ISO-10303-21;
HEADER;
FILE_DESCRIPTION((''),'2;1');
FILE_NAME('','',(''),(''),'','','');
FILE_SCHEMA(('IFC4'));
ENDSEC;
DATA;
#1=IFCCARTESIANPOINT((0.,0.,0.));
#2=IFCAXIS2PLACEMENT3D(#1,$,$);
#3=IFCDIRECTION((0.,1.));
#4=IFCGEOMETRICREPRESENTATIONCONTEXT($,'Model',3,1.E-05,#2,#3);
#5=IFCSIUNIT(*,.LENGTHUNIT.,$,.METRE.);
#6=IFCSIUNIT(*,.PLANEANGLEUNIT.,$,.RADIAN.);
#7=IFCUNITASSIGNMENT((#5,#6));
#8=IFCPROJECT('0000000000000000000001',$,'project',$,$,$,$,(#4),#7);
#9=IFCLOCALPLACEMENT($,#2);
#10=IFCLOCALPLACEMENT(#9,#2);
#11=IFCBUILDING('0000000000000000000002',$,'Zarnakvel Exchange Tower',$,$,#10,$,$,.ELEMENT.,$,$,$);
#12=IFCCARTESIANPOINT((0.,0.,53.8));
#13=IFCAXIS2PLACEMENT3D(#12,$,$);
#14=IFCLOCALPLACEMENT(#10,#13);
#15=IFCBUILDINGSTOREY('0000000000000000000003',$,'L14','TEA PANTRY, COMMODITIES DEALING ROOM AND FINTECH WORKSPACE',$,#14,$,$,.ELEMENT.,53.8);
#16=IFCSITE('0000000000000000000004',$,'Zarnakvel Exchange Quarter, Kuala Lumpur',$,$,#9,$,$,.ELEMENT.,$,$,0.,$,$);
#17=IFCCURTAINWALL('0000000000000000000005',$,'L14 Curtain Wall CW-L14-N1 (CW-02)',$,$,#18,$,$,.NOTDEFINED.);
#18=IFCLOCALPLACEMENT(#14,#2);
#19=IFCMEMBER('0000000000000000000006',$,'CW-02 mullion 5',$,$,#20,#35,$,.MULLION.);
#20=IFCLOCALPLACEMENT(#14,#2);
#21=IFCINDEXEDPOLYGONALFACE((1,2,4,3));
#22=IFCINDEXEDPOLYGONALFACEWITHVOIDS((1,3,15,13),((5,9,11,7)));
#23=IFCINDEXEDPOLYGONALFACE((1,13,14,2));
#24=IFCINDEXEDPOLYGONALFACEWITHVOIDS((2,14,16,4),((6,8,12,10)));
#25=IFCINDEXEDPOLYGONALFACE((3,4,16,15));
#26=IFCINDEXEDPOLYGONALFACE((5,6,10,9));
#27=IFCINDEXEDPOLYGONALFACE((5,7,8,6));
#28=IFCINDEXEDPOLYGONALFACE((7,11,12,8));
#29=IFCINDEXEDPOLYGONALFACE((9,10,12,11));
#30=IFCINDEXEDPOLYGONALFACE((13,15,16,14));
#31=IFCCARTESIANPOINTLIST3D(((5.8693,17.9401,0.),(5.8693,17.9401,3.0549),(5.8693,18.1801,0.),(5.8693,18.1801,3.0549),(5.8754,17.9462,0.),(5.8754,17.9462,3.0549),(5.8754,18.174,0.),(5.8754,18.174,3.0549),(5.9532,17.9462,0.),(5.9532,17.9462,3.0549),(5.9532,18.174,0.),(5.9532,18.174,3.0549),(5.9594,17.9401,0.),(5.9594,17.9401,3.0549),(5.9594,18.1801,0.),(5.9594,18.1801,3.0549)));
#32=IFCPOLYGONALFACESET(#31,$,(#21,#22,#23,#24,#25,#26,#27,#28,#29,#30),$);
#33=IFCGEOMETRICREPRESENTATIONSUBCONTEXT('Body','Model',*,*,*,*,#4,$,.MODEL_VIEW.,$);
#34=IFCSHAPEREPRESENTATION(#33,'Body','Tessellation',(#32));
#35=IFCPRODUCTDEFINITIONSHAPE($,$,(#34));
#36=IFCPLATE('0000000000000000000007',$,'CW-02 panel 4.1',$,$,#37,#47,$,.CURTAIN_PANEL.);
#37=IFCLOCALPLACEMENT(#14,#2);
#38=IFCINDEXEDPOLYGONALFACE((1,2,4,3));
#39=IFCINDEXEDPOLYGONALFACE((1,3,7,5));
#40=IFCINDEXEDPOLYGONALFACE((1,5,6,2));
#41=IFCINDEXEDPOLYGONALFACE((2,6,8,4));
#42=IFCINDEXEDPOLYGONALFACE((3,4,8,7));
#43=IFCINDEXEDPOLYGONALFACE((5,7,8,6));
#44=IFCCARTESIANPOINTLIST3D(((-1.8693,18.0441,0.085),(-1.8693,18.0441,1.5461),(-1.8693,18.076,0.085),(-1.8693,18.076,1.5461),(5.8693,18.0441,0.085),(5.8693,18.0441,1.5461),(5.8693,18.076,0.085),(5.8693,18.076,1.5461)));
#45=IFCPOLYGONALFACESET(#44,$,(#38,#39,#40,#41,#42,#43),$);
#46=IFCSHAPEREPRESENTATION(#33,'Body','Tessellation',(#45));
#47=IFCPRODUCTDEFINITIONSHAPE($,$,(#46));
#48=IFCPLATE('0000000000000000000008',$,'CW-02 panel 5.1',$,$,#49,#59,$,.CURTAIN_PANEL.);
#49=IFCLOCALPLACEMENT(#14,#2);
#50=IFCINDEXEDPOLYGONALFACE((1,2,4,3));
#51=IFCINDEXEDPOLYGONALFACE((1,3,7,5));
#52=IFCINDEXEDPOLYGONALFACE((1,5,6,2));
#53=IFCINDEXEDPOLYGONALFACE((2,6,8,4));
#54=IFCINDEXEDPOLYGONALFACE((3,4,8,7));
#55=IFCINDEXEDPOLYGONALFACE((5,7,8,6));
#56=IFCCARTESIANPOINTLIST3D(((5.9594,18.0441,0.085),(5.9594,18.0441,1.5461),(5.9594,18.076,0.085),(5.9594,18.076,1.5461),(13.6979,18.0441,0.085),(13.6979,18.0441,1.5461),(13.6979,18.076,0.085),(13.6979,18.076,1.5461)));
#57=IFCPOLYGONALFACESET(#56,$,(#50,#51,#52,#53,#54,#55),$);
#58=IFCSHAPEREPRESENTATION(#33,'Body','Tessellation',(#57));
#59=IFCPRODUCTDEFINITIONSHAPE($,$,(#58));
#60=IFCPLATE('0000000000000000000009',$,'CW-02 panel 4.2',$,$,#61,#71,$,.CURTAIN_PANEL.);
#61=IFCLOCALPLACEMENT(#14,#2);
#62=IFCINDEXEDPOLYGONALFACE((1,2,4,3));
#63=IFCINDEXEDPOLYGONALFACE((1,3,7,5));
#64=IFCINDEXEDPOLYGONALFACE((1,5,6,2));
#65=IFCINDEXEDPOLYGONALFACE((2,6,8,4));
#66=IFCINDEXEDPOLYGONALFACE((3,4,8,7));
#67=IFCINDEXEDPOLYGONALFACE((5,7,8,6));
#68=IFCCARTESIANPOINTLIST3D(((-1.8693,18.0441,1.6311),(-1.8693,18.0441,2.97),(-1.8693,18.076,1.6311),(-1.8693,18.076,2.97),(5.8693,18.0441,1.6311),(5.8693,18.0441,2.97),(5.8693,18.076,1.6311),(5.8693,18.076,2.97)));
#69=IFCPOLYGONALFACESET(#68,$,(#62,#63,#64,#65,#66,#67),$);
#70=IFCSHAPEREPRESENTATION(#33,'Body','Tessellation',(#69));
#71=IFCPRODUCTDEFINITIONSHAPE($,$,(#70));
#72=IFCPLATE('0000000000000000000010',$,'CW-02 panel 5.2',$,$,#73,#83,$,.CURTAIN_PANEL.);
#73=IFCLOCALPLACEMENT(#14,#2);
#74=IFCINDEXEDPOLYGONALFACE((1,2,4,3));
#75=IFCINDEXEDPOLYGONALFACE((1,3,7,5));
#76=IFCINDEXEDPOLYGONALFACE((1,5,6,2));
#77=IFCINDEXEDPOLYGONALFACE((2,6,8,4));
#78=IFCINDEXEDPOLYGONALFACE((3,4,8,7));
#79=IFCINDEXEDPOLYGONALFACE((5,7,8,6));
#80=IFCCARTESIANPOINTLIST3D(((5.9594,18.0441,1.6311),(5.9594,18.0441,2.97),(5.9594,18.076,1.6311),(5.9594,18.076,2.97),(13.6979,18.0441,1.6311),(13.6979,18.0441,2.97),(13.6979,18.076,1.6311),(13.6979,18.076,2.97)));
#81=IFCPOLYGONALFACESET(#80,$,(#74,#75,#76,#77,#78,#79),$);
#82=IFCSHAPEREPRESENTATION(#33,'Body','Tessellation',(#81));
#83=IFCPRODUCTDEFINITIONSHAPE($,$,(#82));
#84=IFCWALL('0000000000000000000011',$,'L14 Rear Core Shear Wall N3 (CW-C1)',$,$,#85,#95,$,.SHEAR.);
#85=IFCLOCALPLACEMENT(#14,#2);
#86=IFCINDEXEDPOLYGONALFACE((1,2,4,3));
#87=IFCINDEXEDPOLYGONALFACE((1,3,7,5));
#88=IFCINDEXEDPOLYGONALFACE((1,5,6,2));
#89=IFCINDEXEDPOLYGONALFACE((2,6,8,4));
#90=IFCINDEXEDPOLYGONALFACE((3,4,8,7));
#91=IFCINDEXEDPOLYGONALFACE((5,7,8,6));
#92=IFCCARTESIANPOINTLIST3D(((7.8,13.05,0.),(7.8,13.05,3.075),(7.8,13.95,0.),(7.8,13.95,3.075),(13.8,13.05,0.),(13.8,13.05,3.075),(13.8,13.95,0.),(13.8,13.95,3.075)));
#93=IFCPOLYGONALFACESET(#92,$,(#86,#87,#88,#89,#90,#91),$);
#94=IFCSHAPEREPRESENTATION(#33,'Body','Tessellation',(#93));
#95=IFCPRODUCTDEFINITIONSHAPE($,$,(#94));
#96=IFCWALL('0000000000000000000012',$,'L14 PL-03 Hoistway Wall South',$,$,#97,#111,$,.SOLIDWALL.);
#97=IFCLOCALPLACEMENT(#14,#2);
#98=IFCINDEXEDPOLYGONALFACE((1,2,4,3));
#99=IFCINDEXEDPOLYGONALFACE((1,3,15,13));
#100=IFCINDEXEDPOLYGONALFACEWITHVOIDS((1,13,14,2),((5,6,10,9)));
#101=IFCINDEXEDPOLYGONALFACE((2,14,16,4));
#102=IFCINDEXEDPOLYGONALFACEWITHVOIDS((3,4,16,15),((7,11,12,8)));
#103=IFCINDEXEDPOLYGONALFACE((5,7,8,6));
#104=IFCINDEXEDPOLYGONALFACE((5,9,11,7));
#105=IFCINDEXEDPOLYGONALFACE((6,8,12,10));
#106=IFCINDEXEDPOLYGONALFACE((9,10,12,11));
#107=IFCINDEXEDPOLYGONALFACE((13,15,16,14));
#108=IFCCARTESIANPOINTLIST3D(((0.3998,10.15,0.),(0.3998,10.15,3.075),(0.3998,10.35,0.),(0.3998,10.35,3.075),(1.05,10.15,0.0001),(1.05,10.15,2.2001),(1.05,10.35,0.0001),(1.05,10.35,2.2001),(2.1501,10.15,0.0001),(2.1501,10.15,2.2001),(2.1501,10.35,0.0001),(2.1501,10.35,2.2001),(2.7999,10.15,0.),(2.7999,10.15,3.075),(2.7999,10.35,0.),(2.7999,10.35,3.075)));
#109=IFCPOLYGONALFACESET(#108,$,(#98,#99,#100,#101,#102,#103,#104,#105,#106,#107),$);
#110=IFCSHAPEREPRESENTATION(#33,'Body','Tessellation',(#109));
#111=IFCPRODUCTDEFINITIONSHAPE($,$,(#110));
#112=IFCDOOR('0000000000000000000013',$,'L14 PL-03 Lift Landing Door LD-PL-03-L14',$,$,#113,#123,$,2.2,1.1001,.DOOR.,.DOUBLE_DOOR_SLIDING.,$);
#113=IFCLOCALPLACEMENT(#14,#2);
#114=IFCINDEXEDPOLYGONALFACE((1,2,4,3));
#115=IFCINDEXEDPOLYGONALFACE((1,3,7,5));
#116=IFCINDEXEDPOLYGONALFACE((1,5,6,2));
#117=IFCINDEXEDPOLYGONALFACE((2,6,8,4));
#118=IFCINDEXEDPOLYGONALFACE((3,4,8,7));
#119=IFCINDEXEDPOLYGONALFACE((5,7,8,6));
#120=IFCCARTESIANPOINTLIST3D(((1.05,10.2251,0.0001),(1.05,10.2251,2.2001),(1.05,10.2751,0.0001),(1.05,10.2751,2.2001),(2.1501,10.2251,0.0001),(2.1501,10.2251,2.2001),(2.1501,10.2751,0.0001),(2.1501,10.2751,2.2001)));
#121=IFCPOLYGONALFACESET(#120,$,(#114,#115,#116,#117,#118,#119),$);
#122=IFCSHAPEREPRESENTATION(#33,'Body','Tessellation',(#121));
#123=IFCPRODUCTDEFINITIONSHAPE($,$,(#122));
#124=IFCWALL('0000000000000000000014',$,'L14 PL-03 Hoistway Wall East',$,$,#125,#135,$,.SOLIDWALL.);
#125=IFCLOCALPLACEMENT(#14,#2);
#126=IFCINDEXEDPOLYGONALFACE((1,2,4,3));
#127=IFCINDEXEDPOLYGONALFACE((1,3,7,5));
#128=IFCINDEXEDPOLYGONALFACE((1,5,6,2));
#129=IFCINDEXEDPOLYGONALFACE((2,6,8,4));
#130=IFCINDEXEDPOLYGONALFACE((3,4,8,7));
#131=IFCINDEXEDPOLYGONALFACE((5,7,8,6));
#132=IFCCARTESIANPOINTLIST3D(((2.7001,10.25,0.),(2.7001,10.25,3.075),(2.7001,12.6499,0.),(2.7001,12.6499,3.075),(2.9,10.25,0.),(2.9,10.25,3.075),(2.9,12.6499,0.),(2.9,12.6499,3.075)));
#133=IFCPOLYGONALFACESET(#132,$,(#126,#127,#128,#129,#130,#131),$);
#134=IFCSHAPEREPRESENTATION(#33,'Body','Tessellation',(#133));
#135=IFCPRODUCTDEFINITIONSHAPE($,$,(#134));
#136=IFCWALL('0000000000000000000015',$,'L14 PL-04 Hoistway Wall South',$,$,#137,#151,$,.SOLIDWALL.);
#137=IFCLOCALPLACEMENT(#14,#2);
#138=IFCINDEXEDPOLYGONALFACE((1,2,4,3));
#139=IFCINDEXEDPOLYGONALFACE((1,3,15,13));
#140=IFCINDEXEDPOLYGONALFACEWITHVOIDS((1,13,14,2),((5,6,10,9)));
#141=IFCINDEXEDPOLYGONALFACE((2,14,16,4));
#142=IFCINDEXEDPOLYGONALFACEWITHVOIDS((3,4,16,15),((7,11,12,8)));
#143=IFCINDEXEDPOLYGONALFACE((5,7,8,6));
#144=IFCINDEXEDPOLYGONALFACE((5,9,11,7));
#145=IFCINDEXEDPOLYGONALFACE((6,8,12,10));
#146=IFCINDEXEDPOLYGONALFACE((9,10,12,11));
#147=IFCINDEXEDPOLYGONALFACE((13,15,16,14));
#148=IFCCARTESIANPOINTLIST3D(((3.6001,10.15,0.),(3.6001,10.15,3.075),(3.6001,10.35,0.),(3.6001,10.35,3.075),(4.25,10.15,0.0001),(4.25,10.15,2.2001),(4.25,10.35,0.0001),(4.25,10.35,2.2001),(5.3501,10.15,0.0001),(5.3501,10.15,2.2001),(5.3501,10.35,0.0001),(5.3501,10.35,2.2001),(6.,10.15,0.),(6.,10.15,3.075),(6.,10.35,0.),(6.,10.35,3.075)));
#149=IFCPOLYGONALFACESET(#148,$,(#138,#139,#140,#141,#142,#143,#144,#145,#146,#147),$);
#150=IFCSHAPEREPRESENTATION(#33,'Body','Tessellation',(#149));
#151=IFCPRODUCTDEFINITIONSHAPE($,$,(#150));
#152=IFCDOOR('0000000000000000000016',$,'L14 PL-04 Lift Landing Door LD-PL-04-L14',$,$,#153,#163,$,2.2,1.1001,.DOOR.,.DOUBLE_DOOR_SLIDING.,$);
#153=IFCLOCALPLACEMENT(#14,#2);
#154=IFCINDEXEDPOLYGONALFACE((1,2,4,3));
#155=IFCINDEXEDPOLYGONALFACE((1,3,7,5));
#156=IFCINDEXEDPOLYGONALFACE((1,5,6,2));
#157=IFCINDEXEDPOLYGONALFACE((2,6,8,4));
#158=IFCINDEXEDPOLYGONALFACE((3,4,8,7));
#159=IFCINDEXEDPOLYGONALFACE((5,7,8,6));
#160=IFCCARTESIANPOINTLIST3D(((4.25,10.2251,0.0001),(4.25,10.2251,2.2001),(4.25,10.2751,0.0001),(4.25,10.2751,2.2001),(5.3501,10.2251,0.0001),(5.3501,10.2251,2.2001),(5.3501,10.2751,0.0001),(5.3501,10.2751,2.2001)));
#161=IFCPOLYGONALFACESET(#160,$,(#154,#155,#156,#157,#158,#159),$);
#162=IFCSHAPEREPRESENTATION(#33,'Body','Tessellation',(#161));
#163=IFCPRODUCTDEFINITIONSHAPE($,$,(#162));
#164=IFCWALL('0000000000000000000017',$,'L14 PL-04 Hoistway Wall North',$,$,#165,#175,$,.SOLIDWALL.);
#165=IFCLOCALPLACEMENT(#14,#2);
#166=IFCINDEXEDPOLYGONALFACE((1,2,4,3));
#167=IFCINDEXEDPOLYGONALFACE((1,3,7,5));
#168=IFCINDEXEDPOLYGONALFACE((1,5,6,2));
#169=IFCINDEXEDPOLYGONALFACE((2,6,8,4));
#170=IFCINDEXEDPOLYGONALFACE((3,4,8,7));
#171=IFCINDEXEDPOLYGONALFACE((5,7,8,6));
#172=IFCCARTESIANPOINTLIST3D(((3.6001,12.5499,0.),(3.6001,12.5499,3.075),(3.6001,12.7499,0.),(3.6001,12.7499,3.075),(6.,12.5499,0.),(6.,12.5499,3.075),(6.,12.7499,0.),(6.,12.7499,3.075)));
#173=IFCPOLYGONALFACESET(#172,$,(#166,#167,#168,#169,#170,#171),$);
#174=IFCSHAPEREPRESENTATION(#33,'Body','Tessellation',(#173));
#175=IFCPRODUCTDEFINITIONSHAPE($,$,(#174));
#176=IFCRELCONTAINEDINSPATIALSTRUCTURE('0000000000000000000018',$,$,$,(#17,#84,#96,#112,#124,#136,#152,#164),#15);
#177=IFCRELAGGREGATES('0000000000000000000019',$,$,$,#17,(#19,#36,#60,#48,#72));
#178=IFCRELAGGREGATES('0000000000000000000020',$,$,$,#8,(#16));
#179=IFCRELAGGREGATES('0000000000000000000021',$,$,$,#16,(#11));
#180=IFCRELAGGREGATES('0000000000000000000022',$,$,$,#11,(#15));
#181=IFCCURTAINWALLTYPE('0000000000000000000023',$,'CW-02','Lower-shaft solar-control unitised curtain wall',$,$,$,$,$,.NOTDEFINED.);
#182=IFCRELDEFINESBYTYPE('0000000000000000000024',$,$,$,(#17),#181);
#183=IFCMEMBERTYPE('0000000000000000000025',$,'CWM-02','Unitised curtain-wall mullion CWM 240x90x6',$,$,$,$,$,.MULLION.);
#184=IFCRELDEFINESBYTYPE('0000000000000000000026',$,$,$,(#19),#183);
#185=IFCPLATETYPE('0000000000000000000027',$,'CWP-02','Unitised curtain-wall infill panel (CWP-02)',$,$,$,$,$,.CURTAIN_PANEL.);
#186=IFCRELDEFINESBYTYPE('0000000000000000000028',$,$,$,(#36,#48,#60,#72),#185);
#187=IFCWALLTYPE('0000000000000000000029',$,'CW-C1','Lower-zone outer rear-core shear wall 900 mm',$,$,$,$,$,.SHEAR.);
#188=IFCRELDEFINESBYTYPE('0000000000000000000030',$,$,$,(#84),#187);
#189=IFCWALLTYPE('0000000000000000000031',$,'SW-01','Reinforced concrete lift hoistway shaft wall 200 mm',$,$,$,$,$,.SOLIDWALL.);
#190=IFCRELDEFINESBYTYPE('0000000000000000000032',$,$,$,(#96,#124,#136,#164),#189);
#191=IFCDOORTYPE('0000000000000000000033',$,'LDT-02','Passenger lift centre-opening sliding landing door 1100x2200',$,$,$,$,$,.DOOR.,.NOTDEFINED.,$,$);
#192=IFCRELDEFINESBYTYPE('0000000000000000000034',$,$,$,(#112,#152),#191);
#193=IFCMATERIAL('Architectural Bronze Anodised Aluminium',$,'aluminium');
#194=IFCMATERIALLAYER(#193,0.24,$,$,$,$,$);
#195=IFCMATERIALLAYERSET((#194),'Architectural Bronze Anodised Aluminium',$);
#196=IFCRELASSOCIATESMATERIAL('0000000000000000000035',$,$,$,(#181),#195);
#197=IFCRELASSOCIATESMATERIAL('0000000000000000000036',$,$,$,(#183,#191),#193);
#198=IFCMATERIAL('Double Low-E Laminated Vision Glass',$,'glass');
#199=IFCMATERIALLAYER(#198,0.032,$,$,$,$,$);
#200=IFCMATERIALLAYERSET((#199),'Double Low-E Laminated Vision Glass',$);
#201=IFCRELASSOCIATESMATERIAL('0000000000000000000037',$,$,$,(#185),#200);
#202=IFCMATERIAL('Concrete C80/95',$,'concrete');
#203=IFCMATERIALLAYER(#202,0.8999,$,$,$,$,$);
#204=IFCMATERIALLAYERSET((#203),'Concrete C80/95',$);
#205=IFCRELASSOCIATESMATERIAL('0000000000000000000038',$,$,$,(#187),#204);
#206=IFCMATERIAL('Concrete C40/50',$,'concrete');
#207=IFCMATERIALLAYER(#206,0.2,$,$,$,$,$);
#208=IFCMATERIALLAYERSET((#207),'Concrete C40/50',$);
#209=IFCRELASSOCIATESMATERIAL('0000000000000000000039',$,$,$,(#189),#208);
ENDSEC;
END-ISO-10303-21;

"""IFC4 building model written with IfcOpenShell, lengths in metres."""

from ifc_helpers import new_model, si_unit, direction, frame, frame_2d, origin, origin_2d, place, context, subcontext, project, spatial, rectangle, hollow_rectangle, extrude, source, transform, mapped, material, layer, layer_set, material_profile, profile_set, type_object, element, fill, aggregate, save


model = new_model("IFC4")

# Units and contexts
model_context = context("Model", 3, precision=1e-05, world=origin(), true_north=direction((0.0, 1.0)))
body_context = subcontext(model_context, "Body", "Model", "MODEL_VIEW")
ifc_project = project(units=[si_unit("LENGTHUNIT", "METRE"), si_unit("PLANEANGLEUNIT", "RADIAN")], contexts=[model_context])

# Site, building, storey
site_placement = place(None, origin())
site = spatial("IfcSite", under=ifc_project, at=site_placement, Name="Zarnakvel Exchange Quarter, Kuala Lumpur", CompositionType="ELEMENT", RefElevation=0.0)
building_placement = place(site_placement, origin())
building = spatial("IfcBuilding", under=site, at=building_placement, Name="Zarnakvel Exchange Tower", CompositionType="ELEMENT")
storey_placement = place(building_placement, frame((0.0, 0.0, 53.8)))
storey = spatial("IfcBuildingStorey", under=building, at=storey_placement, Name="L14", Description="TEA PANTRY, COMMODITIES DEALING ROOM AND FINTECH WORKSPACE", CompositionType="ELEMENT", Elevation=53.8)

# Shared definitions
ifc_material_1 = material(Name="Concrete C80/95", Category="concrete")

# Curtain wall, member, plates
ifc_material_2 = material(Name="Architectural Bronze Anodised Aluminium", Category="aluminium")
ifc_layer_1 = layer(ifc_material_2, 0.24)
ifc_layer_set_1 = layer_set([ifc_layer_1], Name="Architectural Bronze Anodised Aluminium")
curtain_wall_type = type_object("IfcCurtainWallType", Name="CW-02", Description="Lower-shaft solar-control unitised curtain wall", PredefinedType="NOTDEFINED", material=ifc_layer_set_1)
curtain_wall_placement = place(storey_placement, origin())
curtain_wall = element("IfcCurtainWall", 1, at=curtain_wall_placement, inside=storey, type_object=curtain_wall_type, Name="L14 Curtain Wall CW-L14-N1 (CW-02)", PredefinedType="NOTDEFINED")
ifc_material_profile_1 = material_profile(ifc_material_2, hollow_rectangle(XDim=0.24, YDim=0.0901, WallThickness=0.0061, at=origin_2d()))
ifc_profile_set_1 = profile_set([ifc_material_profile_1], Name="Architectural Bronze Anodised Aluminium")
member_type_1 = type_object("IfcMemberType", Name="CWM-02", Description="Unitised curtain-wall mullion CWM 240x90x6", PredefinedType="MULLION", material=ifc_profile_set_1)
shared_shape_1 = source(origin(), body_context, "Body", "SweptSolid", [
    extrude(hollow_rectangle(XDim=0.24, YDim=0.0901, WallThickness=0.0061, at=origin_2d()), origin(), (0.0, 0.0, 1.0), 3.0549),
])
member_1_placement = place(storey_placement, frame((5.9143, 18.0601, 0.0), z_axis=(0.0, 0.0, 1.0), x_axis=(0.0, 1.0, 0.0)))
member_1 = element("IfcMember", 2, at=member_1_placement, type_object=member_type_1, Name="CW-02 mullion 5", PredefinedType="MULLION", context=body_context, shape_type="MappedRepresentation", body=[
    mapped(shared_shape_1, transform((0.0, 0.0, 0.0), x_axis=(1.0, 0.0, 0.0), y_axis=(0.0, 1.0, 0.0), z_axis=(0.0, 0.0, 1.0), scale=1.0)),
])
ifc_material_3 = material(Name="Double Low-E Laminated Vision Glass", Category="glass")
ifc_layer_2 = layer(ifc_material_3, 0.032)
ifc_layer_set_2 = layer_set([ifc_layer_2], Name="Double Low-E Laminated Vision Glass")
plate_type = type_object("IfcPlateType", Name="CWP-02", Description="Unitised curtain-wall infill panel (CWP-02)", PredefinedType="CURTAIN_PANEL", material=ifc_layer_set_2)
shared_shape_2 = source(origin(), body_context, "Body", "SweptSolid", [
    extrude(rectangle(XDim=7.7385, YDim=0.032, at=origin_2d()), origin(), (0.0, 0.0, 1.0), 1.4612),
])
plate_1_placement = place(storey_placement, frame((2.0, 18.0601, 0.085), z_axis=(0.0, 0.0, 1.0), x_axis=(1.0, 0.0, 0.0)))
plate_1 = element("IfcPlate", 3, at=plate_1_placement, type_object=plate_type, Name="CW-02 panel 4.1", PredefinedType="CURTAIN_PANEL", context=body_context, shape_type="MappedRepresentation", body=[
    mapped(shared_shape_2, transform((0.0, 0.0, 0.0), x_axis=(1.0, 0.0, 0.0), y_axis=(0.0, 1.0, 0.0), z_axis=(0.0, 0.0, 1.0), scale=1.0)),
])
plate_2_placement = place(storey_placement, frame((9.8286, 18.0601, 0.085), z_axis=(0.0, 0.0, 1.0), x_axis=(1.0, 0.0, 0.0)))
plate_2 = element("IfcPlate", 4, at=plate_2_placement, type_object=plate_type, Name="CW-02 panel 5.1", PredefinedType="CURTAIN_PANEL", context=body_context, shape_type="MappedRepresentation", body=[
    mapped(shared_shape_2, transform((0.0, 0.0, 0.0), x_axis=(1.0, 0.0, 0.0), y_axis=(0.0, 1.0, 0.0), z_axis=(0.0, 0.0, 1.0), scale=1.0)),
])
shared_shape_3 = source(origin(), body_context, "Body", "SweptSolid", [
    extrude(rectangle(XDim=7.7385, YDim=0.032, at=origin_2d()), origin(), (0.0, 0.0, 1.0), 1.3389),
])
plate_3_placement = place(storey_placement, frame((2.0, 18.0601, 1.6311), z_axis=(0.0, 0.0, 1.0), x_axis=(1.0, 0.0, 0.0)))
plate_3 = element("IfcPlate", 5, at=plate_3_placement, type_object=plate_type, Name="CW-02 panel 4.2", PredefinedType="CURTAIN_PANEL", context=body_context, shape_type="MappedRepresentation", body=[
    mapped(shared_shape_3, transform((0.0, 0.0, 0.0), x_axis=(1.0, 0.0, 0.0), y_axis=(0.0, 1.0, 0.0), z_axis=(0.0, 0.0, 1.0), scale=1.0)),
])
plate_4_placement = place(storey_placement, frame((9.8286, 18.0601, 1.6311), z_axis=(0.0, 0.0, 1.0), x_axis=(1.0, 0.0, 0.0)))
plate_4 = element("IfcPlate", 6, at=plate_4_placement, type_object=plate_type, Name="CW-02 panel 5.2", PredefinedType="CURTAIN_PANEL", context=body_context, shape_type="MappedRepresentation", body=[
    mapped(shared_shape_3, transform((0.0, 0.0, 0.0), x_axis=(1.0, 0.0, 0.0), y_axis=(0.0, 1.0, 0.0), z_axis=(0.0, 0.0, 1.0), scale=1.0)),
])
aggregate(curtain_wall, [member_1, plate_1, plate_3, plate_2, plate_4])

# Wall
ifc_layer_3 = layer(ifc_material_1, 0.8999)
ifc_layer_set_3 = layer_set([ifc_layer_3], Name="Concrete C80/95")
wall_type_1 = type_object("IfcWallType", Name="CW-C1", Description="Lower-zone outer rear-core shear wall 900 mm", PredefinedType="SHEAR", material=ifc_layer_set_3)
wall_1_placement = place(storey_placement, frame((7.8, 13.5, 0.0), z_axis=(0.0, 0.0, 1.0), x_axis=(1.0, 0.0, 0.0)))
element("IfcWall", 7, at=wall_1_placement, inside=storey, type_object=wall_type_1, Name="L14 Rear Core Shear Wall N3 (CW-C1)", PredefinedType="SHEAR", context=body_context, shape_type="SweptSolid", body=[
    extrude(rectangle(XDim=6.0, YDim=0.8999, at=frame_2d((3.0, 0.0))), origin(), (0.0, 0.0, 1.0), 3.075),
])

# Wall, opening, door
ifc_material_4 = material(Name="Concrete C40/50", Category="concrete")
ifc_layer_4 = layer(ifc_material_4, 0.2)
ifc_layer_set_4 = layer_set([ifc_layer_4], Name="Concrete C40/50")
wall_type_2 = type_object("IfcWallType", Name="SW-01", Description="Reinforced concrete lift hoistway shaft wall 200 mm", PredefinedType="SOLIDWALL", material=ifc_layer_set_4)
wall_2_placement = place(storey_placement, frame((2.8, 10.25, 0.0), z_axis=(0.0, 0.0, 1.0), x_axis=(-1.0, 0.0, 0.0)))
wall_2 = element("IfcWall", 8, at=wall_2_placement, inside=storey, type_object=wall_type_2, Name="L14 PL-03 Hoistway Wall South", PredefinedType="SOLIDWALL", context=body_context, shape_type="SweptSolid", body=[
    extrude(rectangle(XDim=2.4001, YDim=0.2, at=frame_2d((1.2002, 0.0))), origin(), (0.0, 0.0, 1.0), 3.075),
])
opening_1_placement = place(wall_2_placement, frame((0.6499, 0.0, 0.0)))
opening_1 = element("IfcOpeningElement", 9, at=opening_1_placement, cuts=wall_2, PredefinedType="OPENING", context=body_context, shape_type="SweptSolid", body=[
    extrude(rectangle(XDim=1.1001, YDim=2.2, at=frame_2d((0.55, 1.1001))), frame((0.0, 0.1099, 0.0), z_axis=(0.0, -1.0, 0.0), x_axis=(1.0, 0.0, 0.0)), (0.0, 0.0, 1.0), 0.22),
])
door_type = type_object("IfcDoorType", Name="LDT-02", Description="Passenger lift centre-opening sliding landing door 1100x2200", OperationType="NOTDEFINED", PredefinedType="DOOR", material=ifc_material_2)
shared_shape_4 = source(origin(), body_context, "Body", "SweptSolid", [
    extrude(rectangle(XDim=1.1001, YDim=2.2, at=frame_2d((0.55, 1.1001))), frame((0.0, 0.0249, 0.0), z_axis=(0.0, -1.0, 0.0), x_axis=(1.0, 0.0, 0.0)), (0.0, 0.0, 1.0), 0.05),
])
door_1_placement = place(opening_1_placement, origin())
door_1 = element("IfcDoor", 10, at=door_1_placement, inside=storey, type_object=door_type, Name="L14 PL-03 Lift Landing Door LD-PL-03-L14", OperationType="DOUBLE_DOOR_SLIDING", OverallHeight=2.2, OverallWidth=1.1001, PredefinedType="DOOR", context=body_context, shape_type="MappedRepresentation", body=[
    mapped(shared_shape_4, transform((0.0, 0.0, 0.0), x_axis=(1.0, 0.0, 0.0), y_axis=(0.0, 1.0, 0.0), z_axis=(0.0, 0.0, 1.0), scale=1.0)),
])
fill(opening_1, door_1)

# Wall
wall_3_placement = place(storey_placement, frame((2.8, 12.6499, 0.0), z_axis=(0.0, 0.0, 1.0), x_axis=(0.0, -1.0, 0.0)))
element("IfcWall", 11, at=wall_3_placement, inside=storey, type_object=wall_type_2, Name="L14 PL-03 Hoistway Wall East", PredefinedType="SOLIDWALL", context=body_context, shape_type="SweptSolid", body=[
    extrude(rectangle(XDim=2.3999, YDim=0.2, at=frame_2d((1.2, 0.0))), origin(), (0.0, 0.0, 1.0), 3.075),
])

# Wall, opening, door
wall_4_placement = place(storey_placement, frame((6.0, 10.25, 0.0), z_axis=(0.0, 0.0, 1.0), x_axis=(-1.0, 0.0, 0.0)))
wall_4 = element("IfcWall", 12, at=wall_4_placement, inside=storey, type_object=wall_type_2, Name="L14 PL-04 Hoistway Wall South", PredefinedType="SOLIDWALL", context=body_context, shape_type="SweptSolid", body=[
    extrude(rectangle(XDim=2.3999, YDim=0.2, at=frame_2d((1.2, 0.0))), origin(), (0.0, 0.0, 1.0), 3.075),
])
opening_2_placement = place(wall_4_placement, frame((0.6499, 0.0, 0.0)))
opening_2 = element("IfcOpeningElement", 13, at=opening_2_placement, cuts=wall_4, PredefinedType="OPENING", context=body_context, shape_type="SweptSolid", body=[
    extrude(rectangle(XDim=1.1001, YDim=2.2, at=frame_2d((0.55, 1.1001))), frame((0.0, 0.1099, 0.0), z_axis=(0.0, -1.0, 0.0), x_axis=(1.0, 0.0, 0.0)), (0.0, 0.0, 1.0), 0.22),
])
door_2_placement = place(opening_2_placement, origin())
door_2 = element("IfcDoor", 14, at=door_2_placement, inside=storey, type_object=door_type, Name="L14 PL-04 Lift Landing Door LD-PL-04-L14", OperationType="DOUBLE_DOOR_SLIDING", OverallHeight=2.2, OverallWidth=1.1001, PredefinedType="DOOR", context=body_context, shape_type="MappedRepresentation", body=[
    mapped(shared_shape_4, transform((0.0, 0.0, 0.0), x_axis=(1.0, 0.0, 0.0), y_axis=(0.0, 1.0, 0.0), z_axis=(0.0, 0.0, 1.0), scale=1.0)),
])
fill(opening_2, door_2)

# Wall
for number, where, z_axis, x_axis, name in (
    (15, (3.6001, 12.6499, 0.0), (0.0, 0.0, 1.0), (1.0, 0.0, 0.0), "L14 PL-04 Hoistway Wall North"),
):
    element("IfcWall", number, at=place(storey_placement, frame(where, z_axis=z_axis, x_axis=x_axis)), inside=storey, type_object=wall_type_2, Name=name, PredefinedType="SOLIDWALL", context=body_context, shape_type="SweptSolid", body=[
        extrude(rectangle(XDim=2.3999, YDim=0.2, at=frame_2d((1.2, 0.0))), origin(), (0.0, 0.0, 1.0), 3.075),
    ])

save(model, "model.ifc")
